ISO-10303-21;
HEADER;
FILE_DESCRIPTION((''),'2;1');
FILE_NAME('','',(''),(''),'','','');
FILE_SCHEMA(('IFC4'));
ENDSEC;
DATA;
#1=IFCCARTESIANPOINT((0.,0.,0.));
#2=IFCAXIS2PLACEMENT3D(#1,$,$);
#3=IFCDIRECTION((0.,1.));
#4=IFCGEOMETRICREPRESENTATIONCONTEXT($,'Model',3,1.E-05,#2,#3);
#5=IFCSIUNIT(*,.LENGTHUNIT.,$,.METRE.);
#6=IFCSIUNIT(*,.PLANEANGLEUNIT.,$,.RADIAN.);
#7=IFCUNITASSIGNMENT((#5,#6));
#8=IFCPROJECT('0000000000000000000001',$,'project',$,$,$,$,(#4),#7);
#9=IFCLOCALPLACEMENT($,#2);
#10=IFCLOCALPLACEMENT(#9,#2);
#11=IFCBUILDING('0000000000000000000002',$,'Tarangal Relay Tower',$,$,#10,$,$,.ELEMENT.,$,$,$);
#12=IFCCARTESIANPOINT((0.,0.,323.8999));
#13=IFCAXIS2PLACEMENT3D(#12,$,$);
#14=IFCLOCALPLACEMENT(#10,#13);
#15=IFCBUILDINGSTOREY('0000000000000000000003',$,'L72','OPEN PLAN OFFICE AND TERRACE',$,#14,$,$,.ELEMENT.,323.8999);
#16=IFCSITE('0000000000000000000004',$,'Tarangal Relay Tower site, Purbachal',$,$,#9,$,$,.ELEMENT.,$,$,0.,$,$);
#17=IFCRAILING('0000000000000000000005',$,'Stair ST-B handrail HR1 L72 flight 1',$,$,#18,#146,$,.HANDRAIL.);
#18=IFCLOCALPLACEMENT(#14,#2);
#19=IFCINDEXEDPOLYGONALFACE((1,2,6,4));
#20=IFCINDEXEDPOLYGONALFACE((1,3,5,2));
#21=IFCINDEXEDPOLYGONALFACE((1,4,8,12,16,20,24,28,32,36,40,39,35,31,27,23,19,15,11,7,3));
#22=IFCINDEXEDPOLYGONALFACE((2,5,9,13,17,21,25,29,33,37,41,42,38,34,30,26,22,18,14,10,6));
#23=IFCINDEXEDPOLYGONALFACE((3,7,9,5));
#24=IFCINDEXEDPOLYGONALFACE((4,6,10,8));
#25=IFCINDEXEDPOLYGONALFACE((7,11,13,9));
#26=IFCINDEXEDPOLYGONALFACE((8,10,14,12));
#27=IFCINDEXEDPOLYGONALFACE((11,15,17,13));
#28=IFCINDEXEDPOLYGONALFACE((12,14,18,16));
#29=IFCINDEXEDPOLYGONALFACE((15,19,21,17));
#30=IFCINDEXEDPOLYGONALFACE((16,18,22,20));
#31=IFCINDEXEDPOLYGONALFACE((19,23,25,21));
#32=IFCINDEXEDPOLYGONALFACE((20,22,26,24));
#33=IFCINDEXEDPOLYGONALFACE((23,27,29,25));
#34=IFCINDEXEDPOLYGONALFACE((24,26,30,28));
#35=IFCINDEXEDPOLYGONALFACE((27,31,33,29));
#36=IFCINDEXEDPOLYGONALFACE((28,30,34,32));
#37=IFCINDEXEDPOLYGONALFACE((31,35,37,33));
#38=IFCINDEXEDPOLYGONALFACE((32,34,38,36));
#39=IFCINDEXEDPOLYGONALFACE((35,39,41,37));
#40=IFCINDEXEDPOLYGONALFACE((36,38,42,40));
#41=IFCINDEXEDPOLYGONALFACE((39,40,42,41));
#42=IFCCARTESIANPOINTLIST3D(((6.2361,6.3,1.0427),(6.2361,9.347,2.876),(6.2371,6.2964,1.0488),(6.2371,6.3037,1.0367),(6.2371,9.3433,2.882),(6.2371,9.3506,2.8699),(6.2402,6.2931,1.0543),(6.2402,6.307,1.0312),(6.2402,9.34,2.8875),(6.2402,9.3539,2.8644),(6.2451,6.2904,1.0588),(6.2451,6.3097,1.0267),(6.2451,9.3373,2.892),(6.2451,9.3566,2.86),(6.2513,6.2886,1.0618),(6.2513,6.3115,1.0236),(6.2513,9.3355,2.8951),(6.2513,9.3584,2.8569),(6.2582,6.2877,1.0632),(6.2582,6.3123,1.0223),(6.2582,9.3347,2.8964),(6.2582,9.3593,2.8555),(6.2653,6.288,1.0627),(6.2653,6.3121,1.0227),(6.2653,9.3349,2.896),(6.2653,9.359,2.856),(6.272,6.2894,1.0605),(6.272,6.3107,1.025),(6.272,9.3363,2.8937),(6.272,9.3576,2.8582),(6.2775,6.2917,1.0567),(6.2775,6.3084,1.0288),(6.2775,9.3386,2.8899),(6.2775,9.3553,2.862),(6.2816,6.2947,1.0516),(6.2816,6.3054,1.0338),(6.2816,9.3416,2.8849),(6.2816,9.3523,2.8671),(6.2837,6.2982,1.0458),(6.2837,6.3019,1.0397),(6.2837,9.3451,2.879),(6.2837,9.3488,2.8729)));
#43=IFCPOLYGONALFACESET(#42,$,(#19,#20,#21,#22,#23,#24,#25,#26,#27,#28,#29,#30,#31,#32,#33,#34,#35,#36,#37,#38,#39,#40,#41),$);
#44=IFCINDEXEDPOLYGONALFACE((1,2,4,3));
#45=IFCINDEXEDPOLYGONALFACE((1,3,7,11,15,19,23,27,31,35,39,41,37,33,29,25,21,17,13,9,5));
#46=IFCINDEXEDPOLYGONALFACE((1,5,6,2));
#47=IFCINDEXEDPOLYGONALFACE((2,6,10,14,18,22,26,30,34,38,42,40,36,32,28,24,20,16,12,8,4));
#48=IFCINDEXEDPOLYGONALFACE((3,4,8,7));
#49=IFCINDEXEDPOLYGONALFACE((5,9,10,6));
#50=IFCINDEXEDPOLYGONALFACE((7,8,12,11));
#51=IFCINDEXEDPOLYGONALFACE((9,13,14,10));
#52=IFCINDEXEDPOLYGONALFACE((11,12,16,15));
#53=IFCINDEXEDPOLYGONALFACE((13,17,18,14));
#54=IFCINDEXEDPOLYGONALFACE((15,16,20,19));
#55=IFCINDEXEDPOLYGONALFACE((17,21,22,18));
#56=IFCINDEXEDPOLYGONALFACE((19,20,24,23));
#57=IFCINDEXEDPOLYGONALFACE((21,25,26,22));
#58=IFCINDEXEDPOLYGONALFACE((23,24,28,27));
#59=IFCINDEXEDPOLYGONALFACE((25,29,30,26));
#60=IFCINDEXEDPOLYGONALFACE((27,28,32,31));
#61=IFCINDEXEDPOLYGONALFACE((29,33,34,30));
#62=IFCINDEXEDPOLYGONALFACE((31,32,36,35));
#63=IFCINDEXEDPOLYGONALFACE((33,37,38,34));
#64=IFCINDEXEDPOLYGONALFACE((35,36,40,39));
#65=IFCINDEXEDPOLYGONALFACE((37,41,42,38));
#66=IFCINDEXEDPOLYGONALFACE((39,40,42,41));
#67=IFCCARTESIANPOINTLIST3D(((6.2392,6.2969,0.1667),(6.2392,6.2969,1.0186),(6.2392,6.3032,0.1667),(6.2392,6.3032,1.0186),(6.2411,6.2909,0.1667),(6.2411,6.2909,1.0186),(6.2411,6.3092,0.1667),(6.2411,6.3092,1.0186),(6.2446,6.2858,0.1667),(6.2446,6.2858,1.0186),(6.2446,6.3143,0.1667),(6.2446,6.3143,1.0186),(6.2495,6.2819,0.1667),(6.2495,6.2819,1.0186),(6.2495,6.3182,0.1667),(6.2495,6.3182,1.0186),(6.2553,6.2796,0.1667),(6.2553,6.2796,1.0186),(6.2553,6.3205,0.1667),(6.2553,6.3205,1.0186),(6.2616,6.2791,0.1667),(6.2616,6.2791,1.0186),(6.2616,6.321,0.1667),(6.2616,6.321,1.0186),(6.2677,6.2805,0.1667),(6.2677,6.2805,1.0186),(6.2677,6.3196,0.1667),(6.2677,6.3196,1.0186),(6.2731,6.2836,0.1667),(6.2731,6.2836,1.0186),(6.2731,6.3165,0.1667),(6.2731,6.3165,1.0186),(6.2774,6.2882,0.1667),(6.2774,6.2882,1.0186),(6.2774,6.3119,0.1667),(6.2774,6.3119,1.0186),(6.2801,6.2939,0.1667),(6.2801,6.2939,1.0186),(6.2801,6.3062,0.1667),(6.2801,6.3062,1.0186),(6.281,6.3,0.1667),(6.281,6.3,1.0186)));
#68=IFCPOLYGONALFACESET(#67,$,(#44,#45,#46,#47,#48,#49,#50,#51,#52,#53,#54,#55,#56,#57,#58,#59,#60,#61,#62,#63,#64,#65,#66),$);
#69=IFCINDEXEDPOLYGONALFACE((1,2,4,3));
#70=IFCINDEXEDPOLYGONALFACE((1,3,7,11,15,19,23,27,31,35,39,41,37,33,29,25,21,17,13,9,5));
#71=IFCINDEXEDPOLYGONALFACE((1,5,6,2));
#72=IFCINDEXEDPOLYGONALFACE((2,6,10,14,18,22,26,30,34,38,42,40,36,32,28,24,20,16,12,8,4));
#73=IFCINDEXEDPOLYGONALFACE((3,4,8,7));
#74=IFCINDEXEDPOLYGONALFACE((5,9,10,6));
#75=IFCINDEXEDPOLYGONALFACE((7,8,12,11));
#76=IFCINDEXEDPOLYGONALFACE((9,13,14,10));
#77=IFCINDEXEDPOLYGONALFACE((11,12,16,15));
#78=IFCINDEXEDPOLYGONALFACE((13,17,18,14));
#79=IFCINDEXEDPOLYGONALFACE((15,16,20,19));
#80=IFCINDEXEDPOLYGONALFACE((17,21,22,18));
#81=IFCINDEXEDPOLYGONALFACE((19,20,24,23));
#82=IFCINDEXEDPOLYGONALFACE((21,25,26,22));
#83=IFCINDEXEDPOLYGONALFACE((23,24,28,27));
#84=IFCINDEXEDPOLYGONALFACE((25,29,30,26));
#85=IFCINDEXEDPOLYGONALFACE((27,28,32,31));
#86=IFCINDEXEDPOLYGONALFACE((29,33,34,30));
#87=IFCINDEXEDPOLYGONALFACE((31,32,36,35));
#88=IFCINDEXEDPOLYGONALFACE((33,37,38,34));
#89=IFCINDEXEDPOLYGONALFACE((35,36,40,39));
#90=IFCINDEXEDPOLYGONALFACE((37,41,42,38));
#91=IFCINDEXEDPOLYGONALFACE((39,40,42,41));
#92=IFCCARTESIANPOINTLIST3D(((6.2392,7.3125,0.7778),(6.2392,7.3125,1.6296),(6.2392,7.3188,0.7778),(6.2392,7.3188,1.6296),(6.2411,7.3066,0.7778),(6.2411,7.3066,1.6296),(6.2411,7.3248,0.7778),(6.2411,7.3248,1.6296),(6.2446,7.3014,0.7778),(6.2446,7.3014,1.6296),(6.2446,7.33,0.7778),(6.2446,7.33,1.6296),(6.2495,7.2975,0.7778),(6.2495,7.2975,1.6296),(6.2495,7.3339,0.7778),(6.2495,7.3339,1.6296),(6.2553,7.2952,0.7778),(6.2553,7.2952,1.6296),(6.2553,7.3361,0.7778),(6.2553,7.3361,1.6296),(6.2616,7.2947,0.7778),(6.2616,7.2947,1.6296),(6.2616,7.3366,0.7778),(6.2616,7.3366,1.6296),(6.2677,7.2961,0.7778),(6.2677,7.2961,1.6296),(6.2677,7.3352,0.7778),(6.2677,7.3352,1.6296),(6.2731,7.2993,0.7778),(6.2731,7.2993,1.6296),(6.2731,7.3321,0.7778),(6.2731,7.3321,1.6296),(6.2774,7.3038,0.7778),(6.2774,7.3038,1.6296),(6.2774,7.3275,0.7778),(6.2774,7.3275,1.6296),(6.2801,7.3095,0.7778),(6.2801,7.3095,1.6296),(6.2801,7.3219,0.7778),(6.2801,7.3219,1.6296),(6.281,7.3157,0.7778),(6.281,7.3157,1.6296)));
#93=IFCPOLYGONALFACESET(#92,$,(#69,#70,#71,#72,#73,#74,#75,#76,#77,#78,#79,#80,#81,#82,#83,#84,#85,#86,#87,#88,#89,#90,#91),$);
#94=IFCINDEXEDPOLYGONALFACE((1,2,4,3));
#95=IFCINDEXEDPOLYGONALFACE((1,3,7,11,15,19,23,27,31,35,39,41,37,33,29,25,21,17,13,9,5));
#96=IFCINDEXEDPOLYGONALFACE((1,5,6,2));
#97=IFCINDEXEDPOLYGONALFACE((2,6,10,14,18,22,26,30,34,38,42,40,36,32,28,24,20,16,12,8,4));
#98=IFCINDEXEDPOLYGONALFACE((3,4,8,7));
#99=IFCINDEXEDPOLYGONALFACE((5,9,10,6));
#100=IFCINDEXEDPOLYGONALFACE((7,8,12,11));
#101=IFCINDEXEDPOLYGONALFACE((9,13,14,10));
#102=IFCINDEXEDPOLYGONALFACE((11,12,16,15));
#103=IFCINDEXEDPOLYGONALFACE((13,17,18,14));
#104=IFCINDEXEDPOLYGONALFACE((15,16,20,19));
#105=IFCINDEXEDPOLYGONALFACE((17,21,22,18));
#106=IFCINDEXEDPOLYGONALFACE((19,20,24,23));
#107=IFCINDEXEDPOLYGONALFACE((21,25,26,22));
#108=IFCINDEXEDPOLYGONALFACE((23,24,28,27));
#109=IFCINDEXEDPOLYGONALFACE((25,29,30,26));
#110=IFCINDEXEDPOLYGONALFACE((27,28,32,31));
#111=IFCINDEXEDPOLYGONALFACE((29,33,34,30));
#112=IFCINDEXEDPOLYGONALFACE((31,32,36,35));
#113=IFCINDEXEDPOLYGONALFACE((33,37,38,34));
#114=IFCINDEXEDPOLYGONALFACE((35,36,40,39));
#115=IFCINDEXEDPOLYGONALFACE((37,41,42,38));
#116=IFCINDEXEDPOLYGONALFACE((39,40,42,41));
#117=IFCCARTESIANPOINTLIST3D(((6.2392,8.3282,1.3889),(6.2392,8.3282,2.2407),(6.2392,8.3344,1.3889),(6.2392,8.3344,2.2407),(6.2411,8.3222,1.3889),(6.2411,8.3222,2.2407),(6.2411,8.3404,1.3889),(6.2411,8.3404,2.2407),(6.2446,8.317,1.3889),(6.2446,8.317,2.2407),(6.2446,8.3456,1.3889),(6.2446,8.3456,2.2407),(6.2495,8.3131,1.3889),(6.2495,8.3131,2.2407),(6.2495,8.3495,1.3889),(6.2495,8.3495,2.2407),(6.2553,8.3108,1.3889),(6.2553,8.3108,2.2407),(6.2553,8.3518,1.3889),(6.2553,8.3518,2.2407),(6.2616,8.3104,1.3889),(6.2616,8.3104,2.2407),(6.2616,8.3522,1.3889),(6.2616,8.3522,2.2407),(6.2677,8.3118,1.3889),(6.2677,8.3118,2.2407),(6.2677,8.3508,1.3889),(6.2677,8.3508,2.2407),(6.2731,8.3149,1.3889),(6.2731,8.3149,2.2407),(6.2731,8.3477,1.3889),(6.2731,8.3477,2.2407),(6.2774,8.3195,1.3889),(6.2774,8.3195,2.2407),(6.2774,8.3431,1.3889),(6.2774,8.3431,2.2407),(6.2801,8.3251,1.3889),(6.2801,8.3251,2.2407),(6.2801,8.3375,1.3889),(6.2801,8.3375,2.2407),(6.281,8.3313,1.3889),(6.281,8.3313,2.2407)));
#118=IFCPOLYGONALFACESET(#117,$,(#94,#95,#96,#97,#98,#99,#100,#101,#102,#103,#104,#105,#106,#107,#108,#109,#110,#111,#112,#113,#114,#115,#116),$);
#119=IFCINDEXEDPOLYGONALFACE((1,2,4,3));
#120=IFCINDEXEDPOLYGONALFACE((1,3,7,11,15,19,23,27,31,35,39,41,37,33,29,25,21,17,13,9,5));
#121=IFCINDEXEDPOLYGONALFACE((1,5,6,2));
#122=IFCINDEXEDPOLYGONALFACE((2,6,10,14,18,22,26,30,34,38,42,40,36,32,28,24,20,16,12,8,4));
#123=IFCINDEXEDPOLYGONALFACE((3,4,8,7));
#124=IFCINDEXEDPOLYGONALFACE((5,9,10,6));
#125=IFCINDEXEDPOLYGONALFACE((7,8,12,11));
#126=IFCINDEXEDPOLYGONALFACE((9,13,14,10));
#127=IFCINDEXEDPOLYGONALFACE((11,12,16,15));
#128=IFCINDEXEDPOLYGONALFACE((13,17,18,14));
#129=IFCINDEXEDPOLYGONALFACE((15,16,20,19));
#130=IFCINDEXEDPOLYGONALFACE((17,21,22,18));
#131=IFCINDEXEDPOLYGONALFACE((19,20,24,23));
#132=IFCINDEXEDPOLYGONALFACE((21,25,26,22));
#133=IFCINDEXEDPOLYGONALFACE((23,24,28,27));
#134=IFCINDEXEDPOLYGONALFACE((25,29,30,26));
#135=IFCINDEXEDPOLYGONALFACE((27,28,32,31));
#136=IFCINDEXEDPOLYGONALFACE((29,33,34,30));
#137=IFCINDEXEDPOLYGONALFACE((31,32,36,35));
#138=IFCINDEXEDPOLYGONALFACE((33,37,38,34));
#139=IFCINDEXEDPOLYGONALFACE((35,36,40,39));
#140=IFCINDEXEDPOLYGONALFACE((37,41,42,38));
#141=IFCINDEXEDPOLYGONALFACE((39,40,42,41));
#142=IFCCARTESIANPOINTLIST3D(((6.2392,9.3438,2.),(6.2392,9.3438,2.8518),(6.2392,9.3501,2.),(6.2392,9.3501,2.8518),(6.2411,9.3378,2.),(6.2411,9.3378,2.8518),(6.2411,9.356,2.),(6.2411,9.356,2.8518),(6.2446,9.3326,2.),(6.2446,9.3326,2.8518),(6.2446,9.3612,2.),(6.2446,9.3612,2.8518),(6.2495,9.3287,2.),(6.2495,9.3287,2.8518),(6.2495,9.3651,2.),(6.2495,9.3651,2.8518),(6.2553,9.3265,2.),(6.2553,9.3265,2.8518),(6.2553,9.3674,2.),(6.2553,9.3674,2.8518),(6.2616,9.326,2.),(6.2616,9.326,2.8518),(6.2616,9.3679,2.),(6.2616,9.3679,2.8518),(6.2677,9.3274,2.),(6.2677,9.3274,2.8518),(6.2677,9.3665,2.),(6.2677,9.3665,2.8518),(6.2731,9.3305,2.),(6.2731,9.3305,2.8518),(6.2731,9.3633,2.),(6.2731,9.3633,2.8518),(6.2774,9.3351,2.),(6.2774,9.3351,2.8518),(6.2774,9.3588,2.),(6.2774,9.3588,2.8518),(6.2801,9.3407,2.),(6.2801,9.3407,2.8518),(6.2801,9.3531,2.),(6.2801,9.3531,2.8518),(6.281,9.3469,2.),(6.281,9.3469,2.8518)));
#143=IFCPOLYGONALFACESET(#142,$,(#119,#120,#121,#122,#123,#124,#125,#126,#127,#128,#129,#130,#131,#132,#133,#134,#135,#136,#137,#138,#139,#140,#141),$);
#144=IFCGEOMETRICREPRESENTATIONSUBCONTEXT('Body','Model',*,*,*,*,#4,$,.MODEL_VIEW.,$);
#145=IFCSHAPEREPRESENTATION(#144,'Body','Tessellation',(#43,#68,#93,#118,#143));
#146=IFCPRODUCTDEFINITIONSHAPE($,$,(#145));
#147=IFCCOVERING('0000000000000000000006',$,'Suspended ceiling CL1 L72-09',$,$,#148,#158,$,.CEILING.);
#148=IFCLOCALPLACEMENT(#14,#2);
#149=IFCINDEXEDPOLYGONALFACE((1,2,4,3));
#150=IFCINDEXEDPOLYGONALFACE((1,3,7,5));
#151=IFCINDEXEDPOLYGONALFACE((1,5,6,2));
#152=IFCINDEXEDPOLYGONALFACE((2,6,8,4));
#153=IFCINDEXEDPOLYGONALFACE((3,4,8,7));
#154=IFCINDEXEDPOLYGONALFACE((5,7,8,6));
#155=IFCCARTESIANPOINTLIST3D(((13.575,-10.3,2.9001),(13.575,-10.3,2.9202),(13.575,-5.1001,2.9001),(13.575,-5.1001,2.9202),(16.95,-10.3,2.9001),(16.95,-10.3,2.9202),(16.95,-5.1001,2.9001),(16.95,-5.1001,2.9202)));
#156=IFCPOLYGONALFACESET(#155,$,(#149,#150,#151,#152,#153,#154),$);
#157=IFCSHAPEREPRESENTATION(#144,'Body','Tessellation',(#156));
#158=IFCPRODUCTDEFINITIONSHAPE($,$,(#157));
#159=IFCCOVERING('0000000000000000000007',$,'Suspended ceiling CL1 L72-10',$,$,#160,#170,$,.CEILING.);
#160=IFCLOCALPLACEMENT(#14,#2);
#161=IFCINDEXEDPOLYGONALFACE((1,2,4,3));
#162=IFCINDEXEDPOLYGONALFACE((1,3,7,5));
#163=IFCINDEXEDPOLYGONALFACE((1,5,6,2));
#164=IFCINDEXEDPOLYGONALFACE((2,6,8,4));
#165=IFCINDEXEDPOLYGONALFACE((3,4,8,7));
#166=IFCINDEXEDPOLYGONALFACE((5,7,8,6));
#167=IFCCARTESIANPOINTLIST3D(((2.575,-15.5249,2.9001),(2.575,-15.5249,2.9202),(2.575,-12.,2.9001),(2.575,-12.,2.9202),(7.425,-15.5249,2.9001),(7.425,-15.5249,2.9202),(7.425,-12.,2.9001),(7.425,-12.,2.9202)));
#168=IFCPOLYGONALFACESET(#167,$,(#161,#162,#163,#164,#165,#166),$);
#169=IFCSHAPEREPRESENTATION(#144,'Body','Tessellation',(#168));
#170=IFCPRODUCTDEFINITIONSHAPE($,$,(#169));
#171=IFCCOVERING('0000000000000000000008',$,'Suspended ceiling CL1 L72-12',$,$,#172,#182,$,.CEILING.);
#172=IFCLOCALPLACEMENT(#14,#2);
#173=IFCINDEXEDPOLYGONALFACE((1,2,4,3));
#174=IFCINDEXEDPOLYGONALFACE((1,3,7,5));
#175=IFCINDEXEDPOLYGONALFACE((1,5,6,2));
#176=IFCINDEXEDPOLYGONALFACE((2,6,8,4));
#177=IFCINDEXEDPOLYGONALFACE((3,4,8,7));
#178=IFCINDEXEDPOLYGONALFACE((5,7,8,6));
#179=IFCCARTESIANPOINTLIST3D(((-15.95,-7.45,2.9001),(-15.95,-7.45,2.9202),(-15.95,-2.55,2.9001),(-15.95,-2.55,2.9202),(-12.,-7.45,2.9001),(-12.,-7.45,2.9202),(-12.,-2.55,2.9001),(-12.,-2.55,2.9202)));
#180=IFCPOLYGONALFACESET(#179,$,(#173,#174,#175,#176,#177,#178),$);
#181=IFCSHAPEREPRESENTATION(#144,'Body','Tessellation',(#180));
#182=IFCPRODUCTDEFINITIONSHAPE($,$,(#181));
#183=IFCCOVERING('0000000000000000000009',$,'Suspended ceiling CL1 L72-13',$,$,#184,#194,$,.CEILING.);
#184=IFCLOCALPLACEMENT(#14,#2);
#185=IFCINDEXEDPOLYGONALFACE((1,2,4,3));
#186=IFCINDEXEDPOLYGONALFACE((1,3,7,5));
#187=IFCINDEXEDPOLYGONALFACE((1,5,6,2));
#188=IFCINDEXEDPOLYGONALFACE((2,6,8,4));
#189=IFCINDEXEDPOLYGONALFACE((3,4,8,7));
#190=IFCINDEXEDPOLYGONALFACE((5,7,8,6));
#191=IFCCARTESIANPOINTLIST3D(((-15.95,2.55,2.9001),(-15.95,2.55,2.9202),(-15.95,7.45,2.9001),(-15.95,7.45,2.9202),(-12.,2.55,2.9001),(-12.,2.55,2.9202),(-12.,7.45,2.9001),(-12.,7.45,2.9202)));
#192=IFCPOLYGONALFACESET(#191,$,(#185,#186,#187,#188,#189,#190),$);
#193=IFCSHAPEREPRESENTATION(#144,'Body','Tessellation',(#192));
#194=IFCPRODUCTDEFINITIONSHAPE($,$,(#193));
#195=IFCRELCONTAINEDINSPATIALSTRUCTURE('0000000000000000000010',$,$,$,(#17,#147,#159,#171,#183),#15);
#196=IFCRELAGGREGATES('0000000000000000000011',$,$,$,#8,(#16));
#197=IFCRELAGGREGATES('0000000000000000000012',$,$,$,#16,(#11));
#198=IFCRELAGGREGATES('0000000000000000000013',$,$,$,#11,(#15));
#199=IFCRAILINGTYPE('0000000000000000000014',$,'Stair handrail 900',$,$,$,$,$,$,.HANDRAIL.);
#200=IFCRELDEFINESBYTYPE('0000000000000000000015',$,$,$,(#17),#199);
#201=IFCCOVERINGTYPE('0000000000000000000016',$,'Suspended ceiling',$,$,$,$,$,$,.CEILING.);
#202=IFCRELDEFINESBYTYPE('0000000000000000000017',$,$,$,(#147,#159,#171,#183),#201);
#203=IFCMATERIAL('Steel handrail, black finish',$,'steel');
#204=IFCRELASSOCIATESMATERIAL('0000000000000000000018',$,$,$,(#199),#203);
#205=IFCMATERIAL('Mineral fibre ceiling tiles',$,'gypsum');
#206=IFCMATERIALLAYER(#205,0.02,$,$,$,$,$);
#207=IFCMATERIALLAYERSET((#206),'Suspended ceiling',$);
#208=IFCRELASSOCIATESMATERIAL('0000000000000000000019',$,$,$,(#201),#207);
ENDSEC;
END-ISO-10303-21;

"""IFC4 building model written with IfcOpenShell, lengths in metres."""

from ifc_helpers import new_model, si_unit, direction, frame, origin, origin_2d, place, context, subcontext, project, spatial, polyline, circle, outline, extrude, material, layer, layer_set, type_object, element, save


model = new_model("IFC4")

# Units and contexts
model_context = context("Model", 3, precision=1e-05, world=origin(), true_north=direction((0.0, 1.0)))
body_context = subcontext(model_context, "Body", "Model", "MODEL_VIEW")
ifc_project = project(units=[si_unit("LENGTHUNIT", "METRE"), si_unit("PLANEANGLEUNIT", "RADIAN")], contexts=[model_context])

# Site, building, storey
site_placement = place(None, origin())
site = spatial("IfcSite", under=ifc_project, at=site_placement, Name="Tarangal Relay Tower site, Purbachal", CompositionType="ELEMENT", RefElevation=0.0)
building_placement = place(site_placement, origin())
building = spatial("IfcBuilding", under=site, at=building_placement, Name="Tarangal Relay Tower", CompositionType="ELEMENT")
storey_placement = place(building_placement, frame((0.0, 0.0, 323.8999)))
storey = spatial("IfcBuildingStorey", under=building, at=storey_placement, Name="L72", Description="OPEN PLAN OFFICE AND TERRACE", CompositionType="ELEMENT", Elevation=323.8999)

# Railing
ifc_material_1 = material(Name="Steel handrail, black finish", Category="steel")
railing_type_1 = type_object("IfcRailingType", Name="Stair handrail 900", PredefinedType="HANDRAIL", material=ifc_material_1)
railing_1_placement = place(storey_placement, frame((6.26, 6.3, 0.1667)))
element("IfcRailing", 1, at=railing_1_placement, inside=storey, type_object=railing_type_1, Name="Stair ST-B handrail HR1 L72 flight 1", PredefinedType="HANDRAIL", context=body_context, shape_type="SweptSolid", body=[
    extrude(circle(Radius=0.0239, at=origin_2d()), frame((0.0, 0.0, 0.876), z_axis=(0.0, 0.856856, 0.515556), x_axis=(-1.0, 0.0, 0.0)), (0.0, 0.0, 1.0), 3.5559),
    extrude(circle(Radius=0.021, at=origin_2d()), origin(), (0.0, 0.0, 1.0), 0.8518),
    extrude(circle(Radius=0.021, at=origin_2d()), frame((0.0, 1.0156, 0.6111)), (0.0, 0.0, 1.0), 0.8518),
    extrude(circle(Radius=0.021, at=origin_2d()), frame((0.0, 2.0312, 1.2222)), (0.0, 0.0, 1.0), 0.8518),
    extrude(circle(Radius=0.021, at=origin_2d()), frame((0.0, 3.0469, 1.8333)), (0.0, 0.0, 1.0), 0.8518),
])

# Coverings
ifc_material_2 = material(Name="Mineral fibre ceiling tiles", Category="gypsum")
ifc_layer_1 = layer(ifc_material_2, 0.02)
ifc_layer_set_1 = layer_set([ifc_layer_1], Name="Suspended ceiling")
covering_type = type_object("IfcCoveringType", Name="Suspended ceiling", PredefinedType="CEILING", material=ifc_layer_set_1)
covering_1_placement = place(storey_placement, frame((0.0, 0.0, 2.9001)))
element("IfcCovering", 2, at=covering_1_placement, inside=storey, type_object=covering_type, Name="Suspended ceiling CL1 L72-09", PredefinedType="CEILING", context=body_context, shape_type="SweptSolid", body=[
    extrude(outline(polyline([(13.575, -5.1001), (13.575, -10.3), (16.95, -10.3), (16.95, -5.1001), (13.575, -5.1001)])), origin(), (0.0, 0.0, 1.0), 0.02),
])
covering_2_placement = place(storey_placement, frame((0.0, 0.0, 2.9001)))
element("IfcCovering", 3, at=covering_2_placement, inside=storey, type_object=covering_type, Name="Suspended ceiling CL1 L72-10", PredefinedType="CEILING", context=body_context, shape_type="SweptSolid", body=[
    extrude(outline(polyline([(2.575, -12.0), (2.575, -15.5249), (7.425, -15.5249), (7.425, -12.0), (2.575, -12.0)])), origin(), (0.0, 0.0, 1.0), 0.02),
])
covering_3_placement = place(storey_placement, frame((0.0, 0.0, 2.9001)))
element("IfcCovering", 4, at=covering_3_placement, inside=storey, type_object=covering_type, Name="Suspended ceiling CL1 L72-12", PredefinedType="CEILING", context=body_context, shape_type="SweptSolid", body=[
    extrude(outline(polyline([(-12.0, -2.55), (-15.95, -2.55), (-15.95, -7.45), (-12.0, -7.45), (-12.0, -2.55)])), origin(), (0.0, 0.0, 1.0), 0.02),
])
covering_4_placement = place(storey_placement, frame((0.0, 0.0, 2.9001)))
element("IfcCovering", 5, at=covering_4_placement, inside=storey, type_object=covering_type, Name="Suspended ceiling CL1 L72-13", PredefinedType="CEILING", context=body_context, shape_type="SweptSolid", body=[
    extrude(outline(polyline([(-12.0, 7.45), (-15.95, 7.45), (-15.95, 2.55), (-12.0, 2.55), (-12.0, 7.45)])), origin(), (0.0, 0.0, 1.0), 0.02),
])

save(model, "model.ifc")
